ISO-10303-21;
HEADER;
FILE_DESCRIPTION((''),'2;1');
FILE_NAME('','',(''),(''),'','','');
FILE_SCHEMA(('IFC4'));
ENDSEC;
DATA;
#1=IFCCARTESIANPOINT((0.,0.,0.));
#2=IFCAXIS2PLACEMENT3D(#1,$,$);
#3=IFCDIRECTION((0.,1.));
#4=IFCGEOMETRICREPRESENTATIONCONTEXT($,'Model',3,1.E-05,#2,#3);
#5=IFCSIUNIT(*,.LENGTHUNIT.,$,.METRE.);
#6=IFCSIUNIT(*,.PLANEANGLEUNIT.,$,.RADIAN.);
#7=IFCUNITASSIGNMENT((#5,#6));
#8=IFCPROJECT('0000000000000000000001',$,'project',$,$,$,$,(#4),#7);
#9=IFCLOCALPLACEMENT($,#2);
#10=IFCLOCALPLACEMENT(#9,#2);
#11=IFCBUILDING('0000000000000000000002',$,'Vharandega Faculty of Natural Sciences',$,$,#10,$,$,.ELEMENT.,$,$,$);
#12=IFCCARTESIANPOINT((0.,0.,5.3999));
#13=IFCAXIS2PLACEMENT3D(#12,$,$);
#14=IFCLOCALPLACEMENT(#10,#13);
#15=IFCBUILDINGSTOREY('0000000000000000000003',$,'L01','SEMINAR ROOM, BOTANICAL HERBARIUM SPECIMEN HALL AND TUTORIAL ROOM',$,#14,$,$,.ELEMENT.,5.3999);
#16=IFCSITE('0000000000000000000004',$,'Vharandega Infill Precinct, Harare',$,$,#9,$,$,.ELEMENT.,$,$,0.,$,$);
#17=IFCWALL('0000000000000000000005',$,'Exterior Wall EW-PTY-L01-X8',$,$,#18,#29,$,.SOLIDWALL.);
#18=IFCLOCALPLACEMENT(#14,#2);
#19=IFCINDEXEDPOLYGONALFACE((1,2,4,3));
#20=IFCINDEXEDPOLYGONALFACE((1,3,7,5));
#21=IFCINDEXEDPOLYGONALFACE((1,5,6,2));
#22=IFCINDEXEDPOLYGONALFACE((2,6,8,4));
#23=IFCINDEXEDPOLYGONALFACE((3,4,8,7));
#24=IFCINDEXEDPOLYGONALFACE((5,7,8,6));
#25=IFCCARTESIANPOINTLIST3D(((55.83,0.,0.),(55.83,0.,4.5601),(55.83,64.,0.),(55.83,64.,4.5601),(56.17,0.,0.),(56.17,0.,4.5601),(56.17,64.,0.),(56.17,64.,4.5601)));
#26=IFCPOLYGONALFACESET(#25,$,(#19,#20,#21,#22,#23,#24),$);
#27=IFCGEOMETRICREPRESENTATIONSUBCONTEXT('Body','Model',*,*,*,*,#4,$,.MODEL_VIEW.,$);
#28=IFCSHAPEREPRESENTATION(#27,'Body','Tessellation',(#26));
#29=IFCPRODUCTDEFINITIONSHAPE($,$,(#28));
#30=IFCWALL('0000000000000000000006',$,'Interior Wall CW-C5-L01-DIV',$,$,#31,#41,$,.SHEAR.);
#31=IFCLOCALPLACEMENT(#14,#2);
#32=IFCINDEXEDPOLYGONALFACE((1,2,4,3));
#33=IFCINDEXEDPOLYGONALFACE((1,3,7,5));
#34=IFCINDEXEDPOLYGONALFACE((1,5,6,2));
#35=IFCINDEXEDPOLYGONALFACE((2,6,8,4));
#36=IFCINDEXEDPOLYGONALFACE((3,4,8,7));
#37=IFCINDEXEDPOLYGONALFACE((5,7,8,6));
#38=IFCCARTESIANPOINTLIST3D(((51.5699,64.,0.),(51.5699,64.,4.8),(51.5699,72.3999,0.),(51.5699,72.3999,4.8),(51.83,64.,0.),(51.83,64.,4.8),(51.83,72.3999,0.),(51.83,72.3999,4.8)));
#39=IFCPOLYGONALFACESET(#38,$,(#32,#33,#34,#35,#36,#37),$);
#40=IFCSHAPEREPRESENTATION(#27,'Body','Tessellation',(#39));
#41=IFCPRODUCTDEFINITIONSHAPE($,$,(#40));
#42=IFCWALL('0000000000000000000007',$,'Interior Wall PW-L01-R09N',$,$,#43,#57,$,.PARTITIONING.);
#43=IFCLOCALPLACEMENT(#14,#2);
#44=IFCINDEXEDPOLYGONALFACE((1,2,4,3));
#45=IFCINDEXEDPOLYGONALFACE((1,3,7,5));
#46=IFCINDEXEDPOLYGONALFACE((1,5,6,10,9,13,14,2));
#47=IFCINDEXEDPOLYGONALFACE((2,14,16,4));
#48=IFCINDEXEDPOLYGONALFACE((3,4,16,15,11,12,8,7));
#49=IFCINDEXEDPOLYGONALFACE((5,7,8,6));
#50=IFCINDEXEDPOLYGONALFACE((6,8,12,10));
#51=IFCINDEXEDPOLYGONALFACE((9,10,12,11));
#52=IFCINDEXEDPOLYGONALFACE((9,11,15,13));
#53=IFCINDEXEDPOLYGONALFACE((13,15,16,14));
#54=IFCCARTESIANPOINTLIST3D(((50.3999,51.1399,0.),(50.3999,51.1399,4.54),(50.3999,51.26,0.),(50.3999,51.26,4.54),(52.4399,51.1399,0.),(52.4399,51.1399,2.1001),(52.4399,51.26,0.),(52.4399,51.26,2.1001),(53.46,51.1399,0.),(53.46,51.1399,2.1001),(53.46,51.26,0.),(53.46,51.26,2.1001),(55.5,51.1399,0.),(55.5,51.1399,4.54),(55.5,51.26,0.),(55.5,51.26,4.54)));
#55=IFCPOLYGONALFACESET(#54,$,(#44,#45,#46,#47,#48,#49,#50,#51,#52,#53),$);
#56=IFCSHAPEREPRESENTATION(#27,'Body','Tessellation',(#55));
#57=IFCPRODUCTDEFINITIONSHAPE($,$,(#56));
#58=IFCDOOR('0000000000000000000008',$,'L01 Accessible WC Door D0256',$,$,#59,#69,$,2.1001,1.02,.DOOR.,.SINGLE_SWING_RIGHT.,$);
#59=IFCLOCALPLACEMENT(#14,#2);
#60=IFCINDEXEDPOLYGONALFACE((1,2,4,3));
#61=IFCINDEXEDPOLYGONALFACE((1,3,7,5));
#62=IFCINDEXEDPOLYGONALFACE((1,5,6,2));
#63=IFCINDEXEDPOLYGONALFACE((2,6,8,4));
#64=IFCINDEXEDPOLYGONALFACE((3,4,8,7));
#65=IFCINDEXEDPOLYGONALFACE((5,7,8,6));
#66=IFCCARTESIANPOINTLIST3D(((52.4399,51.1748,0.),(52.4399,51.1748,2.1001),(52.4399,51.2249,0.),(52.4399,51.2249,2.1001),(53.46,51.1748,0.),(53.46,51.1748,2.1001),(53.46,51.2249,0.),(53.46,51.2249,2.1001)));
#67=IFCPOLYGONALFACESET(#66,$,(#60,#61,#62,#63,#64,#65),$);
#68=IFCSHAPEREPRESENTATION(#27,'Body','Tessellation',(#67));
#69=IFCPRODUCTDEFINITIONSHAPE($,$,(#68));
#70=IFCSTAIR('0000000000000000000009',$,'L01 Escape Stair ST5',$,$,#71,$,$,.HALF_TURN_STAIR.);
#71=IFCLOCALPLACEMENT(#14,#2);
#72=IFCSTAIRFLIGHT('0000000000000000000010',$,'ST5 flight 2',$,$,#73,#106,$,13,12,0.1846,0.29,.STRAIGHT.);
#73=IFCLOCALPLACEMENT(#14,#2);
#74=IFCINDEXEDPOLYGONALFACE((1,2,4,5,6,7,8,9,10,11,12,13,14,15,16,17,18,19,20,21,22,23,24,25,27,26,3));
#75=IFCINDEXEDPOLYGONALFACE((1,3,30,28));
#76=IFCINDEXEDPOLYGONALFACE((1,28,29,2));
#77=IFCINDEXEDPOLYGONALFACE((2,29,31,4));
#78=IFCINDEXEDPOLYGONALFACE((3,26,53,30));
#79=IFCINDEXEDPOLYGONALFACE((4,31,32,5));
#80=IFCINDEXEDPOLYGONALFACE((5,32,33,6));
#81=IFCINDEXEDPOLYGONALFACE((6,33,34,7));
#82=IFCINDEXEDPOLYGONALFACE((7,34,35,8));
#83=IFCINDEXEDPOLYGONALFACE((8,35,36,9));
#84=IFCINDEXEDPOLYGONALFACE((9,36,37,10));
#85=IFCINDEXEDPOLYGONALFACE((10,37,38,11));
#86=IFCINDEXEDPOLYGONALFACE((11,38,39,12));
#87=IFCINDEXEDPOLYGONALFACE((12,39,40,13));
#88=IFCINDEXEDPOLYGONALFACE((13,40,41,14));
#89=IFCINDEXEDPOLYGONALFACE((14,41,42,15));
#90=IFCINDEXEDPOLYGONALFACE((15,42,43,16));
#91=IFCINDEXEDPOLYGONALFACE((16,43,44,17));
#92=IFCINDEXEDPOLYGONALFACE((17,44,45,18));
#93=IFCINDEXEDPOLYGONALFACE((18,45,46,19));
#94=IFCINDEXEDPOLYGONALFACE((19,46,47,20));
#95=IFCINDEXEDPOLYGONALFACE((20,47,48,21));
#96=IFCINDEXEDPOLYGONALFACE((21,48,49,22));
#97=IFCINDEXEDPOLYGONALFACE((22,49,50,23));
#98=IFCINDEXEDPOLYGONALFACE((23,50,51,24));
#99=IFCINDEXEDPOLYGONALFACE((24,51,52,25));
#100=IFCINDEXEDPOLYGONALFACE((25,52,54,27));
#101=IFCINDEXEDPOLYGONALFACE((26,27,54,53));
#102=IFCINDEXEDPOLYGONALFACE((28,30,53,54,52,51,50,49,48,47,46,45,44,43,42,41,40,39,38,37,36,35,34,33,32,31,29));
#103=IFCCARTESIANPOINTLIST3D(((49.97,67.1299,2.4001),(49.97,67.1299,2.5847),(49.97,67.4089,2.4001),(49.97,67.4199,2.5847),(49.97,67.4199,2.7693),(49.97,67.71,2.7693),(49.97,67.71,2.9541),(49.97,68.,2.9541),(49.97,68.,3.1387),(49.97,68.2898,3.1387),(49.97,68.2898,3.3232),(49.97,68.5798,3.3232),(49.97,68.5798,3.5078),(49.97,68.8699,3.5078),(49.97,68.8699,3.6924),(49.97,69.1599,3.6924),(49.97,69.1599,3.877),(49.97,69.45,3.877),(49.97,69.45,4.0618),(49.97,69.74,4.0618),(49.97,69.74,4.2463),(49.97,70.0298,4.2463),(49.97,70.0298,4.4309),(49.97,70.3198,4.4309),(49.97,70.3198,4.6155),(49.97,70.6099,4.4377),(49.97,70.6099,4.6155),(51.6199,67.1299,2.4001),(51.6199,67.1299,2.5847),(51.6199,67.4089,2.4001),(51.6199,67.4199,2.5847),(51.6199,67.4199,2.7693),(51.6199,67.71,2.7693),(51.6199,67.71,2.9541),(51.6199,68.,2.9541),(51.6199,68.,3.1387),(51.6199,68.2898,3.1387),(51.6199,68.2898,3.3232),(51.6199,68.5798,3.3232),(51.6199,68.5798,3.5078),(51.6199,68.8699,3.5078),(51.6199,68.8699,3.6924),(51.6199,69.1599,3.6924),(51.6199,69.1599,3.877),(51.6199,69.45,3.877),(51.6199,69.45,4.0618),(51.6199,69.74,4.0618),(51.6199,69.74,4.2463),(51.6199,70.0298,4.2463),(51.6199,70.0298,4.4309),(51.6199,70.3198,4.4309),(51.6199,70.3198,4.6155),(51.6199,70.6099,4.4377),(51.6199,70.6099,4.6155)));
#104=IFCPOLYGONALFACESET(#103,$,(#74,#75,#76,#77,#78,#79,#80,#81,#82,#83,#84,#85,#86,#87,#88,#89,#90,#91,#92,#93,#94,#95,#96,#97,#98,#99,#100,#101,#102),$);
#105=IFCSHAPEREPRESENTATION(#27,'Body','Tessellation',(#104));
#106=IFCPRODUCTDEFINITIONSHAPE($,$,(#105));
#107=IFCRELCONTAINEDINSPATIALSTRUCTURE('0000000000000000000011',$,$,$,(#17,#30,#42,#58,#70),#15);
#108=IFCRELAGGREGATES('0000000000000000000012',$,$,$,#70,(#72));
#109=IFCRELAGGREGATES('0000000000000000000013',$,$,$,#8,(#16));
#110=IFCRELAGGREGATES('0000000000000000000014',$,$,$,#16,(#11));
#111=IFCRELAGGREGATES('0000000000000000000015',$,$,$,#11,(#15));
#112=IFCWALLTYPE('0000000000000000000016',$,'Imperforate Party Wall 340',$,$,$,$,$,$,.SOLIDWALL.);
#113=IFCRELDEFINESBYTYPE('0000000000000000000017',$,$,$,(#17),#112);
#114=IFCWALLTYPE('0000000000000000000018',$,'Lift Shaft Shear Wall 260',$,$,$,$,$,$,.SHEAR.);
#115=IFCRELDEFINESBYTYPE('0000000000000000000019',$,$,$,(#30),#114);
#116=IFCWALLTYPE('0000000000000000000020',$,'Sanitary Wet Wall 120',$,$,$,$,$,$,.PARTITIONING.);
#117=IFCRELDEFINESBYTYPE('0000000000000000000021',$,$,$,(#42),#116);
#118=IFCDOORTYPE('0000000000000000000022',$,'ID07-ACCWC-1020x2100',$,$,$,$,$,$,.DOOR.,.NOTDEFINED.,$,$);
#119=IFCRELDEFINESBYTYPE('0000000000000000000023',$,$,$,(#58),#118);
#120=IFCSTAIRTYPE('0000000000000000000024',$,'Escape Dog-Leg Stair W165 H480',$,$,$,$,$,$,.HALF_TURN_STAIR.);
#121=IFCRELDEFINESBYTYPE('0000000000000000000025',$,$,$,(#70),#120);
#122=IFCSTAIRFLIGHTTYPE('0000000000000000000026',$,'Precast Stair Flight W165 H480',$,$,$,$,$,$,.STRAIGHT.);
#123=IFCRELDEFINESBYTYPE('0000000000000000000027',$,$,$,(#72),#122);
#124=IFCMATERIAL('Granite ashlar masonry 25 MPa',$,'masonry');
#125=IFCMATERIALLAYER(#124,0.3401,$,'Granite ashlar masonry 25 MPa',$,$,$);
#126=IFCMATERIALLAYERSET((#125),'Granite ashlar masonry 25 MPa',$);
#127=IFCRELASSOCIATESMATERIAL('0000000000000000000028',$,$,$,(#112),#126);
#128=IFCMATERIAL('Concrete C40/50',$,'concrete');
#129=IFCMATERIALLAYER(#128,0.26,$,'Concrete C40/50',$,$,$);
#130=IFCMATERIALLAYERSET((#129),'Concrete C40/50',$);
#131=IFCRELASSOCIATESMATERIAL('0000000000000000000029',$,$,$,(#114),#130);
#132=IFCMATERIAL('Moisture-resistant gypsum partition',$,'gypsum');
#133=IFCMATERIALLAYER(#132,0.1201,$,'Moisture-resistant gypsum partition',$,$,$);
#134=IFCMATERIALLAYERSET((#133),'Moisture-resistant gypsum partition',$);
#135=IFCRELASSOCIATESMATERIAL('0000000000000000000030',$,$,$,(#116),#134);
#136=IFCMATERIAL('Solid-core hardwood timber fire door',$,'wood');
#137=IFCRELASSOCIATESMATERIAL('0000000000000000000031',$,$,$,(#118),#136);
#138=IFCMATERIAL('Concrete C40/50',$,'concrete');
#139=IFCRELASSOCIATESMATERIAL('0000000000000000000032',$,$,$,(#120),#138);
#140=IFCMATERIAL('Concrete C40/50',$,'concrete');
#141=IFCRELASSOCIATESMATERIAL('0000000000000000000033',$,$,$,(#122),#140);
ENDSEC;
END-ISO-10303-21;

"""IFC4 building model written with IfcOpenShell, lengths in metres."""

from ifc_helpers import new_model, si_unit, direction, frame, frame_2d, origin, place, context, subcontext, project, spatial, polyline, rectangle, outline, extrude, material, layer, layer_set, type_object, element, fill, aggregate, save


model = new_model("IFC4")

# Units and contexts
model_context = context("Model", 3, precision=1e-05, world=origin(), true_north=direction((0.0, 1.0)))
body_context = subcontext(model_context, "Body", "Model", "MODEL_VIEW")
ifc_project = project(units=[si_unit("LENGTHUNIT", "METRE"), si_unit("PLANEANGLEUNIT", "RADIAN")], contexts=[model_context])

# Site, building, storey
site_placement = place(None, origin())
site = spatial("IfcSite", under=ifc_project, at=site_placement, Name="Vharandega Infill Precinct, Harare", CompositionType="ELEMENT", RefElevation=0.0)
building_placement = place(site_placement, origin())
building = spatial("IfcBuilding", under=site, at=building_placement, Name="Vharandega Faculty of Natural Sciences", CompositionType="ELEMENT")
storey_placement = place(building_placement, frame((0.0, 0.0, 5.3999)))
storey = spatial("IfcBuildingStorey", under=building, at=storey_placement, Name="L01", Description="SEMINAR ROOM, BOTANICAL HERBARIUM SPECIMEN HALL AND TUTORIAL ROOM", CompositionType="ELEMENT", Elevation=5.3999)

# Walls
ifc_material_1 = material(Name="Granite ashlar masonry 25 MPa", Category="masonry")
ifc_layer_1 = layer(ifc_material_1, 0.3401, Name="Granite ashlar masonry 25 MPa")
ifc_layer_set_1 = layer_set([ifc_layer_1], Name="Granite ashlar masonry 25 MPa")
wall_type_1 = type_object("IfcWallType", Name="Imperforate Party Wall 340", PredefinedType="SOLIDWALL", material=ifc_layer_set_1)
wall_1_placement = place(storey_placement, frame((56.0, 64.0, 0.0), z_axis=(0.0, 0.0, 1.0), x_axis=(0.0, -1.0, 0.0)))
element("IfcWall", 1, at=wall_1_placement, inside=storey, type_object=wall_type_1, Name="Exterior Wall EW-PTY-L01-X8", PredefinedType="SOLIDWALL", context=body_context, shape_type="SweptSolid", body=[
    extrude(rectangle(XDim=64.0, YDim=0.3401, at=frame_2d((32.0, 0.0))), origin(), (0.0, 0.0, 1.0), 4.5601),
])
ifc_material_2 = material(Name="Concrete C40/50", Category="concrete")
ifc_layer_2 = layer(ifc_material_2, 0.26, Name="Concrete C40/50")
ifc_layer_set_2 = layer_set([ifc_layer_2], Name="Concrete C40/50")
wall_type_2 = type_object("IfcWallType", Name="Lift Shaft Shear Wall 260", PredefinedType="SHEAR", material=ifc_layer_set_2)
wall_2_placement = place(storey_placement, frame((51.7, 64.0, 0.0), z_axis=(0.0, 0.0, 1.0), x_axis=(0.0, 1.0, 0.0)))
element("IfcWall", 2, at=wall_2_placement, inside=storey, type_object=wall_type_2, Name="Interior Wall CW-C5-L01-DIV", PredefinedType="SHEAR", context=body_context, shape_type="SweptSolid", body=[
    extrude(rectangle(XDim=8.3999, YDim=0.26, at=frame_2d((4.2, 0.0))), origin(), (0.0, 0.0, 1.0), 4.8),
])

# Wall, opening, door
ifc_material_3 = material(Name="Moisture-resistant gypsum partition", Category="gypsum")
ifc_layer_3 = layer(ifc_material_3, 0.1201, Name="Moisture-resistant gypsum partition")
ifc_layer_set_3 = layer_set([ifc_layer_3], Name="Moisture-resistant gypsum partition")
wall_type_3 = type_object("IfcWallType", Name="Sanitary Wet Wall 120", PredefinedType="PARTITIONING", material=ifc_layer_set_3)
wall_3_placement = place(storey_placement, frame((50.3999, 51.2, 0.0), z_axis=(0.0, 0.0, 1.0), x_axis=(1.0, 0.0, 0.0)))
wall_3 = element("IfcWall", 3, at=wall_3_placement, inside=storey, type_object=wall_type_3, Name="Interior Wall PW-L01-R09N", PredefinedType="PARTITIONING", context=body_context, shape_type="SweptSolid", body=[
    extrude(rectangle(XDim=5.1001, YDim=0.1201, at=frame_2d((2.55, 0.0))), origin(), (0.0, 0.0, 1.0), 4.54),
])
opening_placement = place(wall_3_placement, frame((2.04, 0.0, 0.0)))
opening = element("IfcOpeningElement", 4, at=opening_placement, cuts=wall_3, PredefinedType="OPENING", context=body_context, shape_type="SweptSolid", body=[
    extrude(rectangle(XDim=1.02, YDim=2.1001, at=frame_2d((0.51, 1.05))), frame((0.0, 0.0701, 0.0), z_axis=(0.0, -1.0, 0.0), x_axis=(1.0, 0.0, 0.0)), (0.0, 0.0, 1.0), 0.1401),
])
ifc_material_4 = material(Name="Solid-core hardwood timber fire door", Category="wood")
door_type = type_object("IfcDoorType", Name="ID07-ACCWC-1020x2100", OperationType="NOTDEFINED", PredefinedType="DOOR", material=ifc_material_4)
door_placement = place(opening_placement, origin())
door = element("IfcDoor", 5, at=door_placement, inside=storey, type_object=door_type, Name="L01 Accessible WC Door D0256", OperationType="SINGLE_SWING_RIGHT", OverallHeight=2.1001, OverallWidth=1.02, PredefinedType="DOOR", context=body_context, shape_type="SweptSolid", body=[
    extrude(rectangle(XDim=1.02, YDim=2.1001, at=frame_2d((0.51, 1.05))), frame((0.0, 0.0249, 0.0), z_axis=(0.0, -1.0, 0.0), x_axis=(1.0, 0.0, 0.0)), (0.0, 0.0, 1.0), 0.05),
])
fill(opening, door)

# Stair, stair flight
ifc_material_5 = material(Name="Concrete C40/50", Category="concrete")
stair_type = type_object("IfcStairType", Name="Escape Dog-Leg Stair W165 H480", PredefinedType="HALF_TURN_STAIR", material=ifc_material_5)
stair_placement = place(storey_placement, origin())
stair = element("IfcStair", 6, at=stair_placement, inside=storey, type_object=stair_type, Name="L01 Escape Stair ST5", PredefinedType="HALF_TURN_STAIR")
ifc_material_6 = material(Name="Concrete C40/50", Category="concrete")
stair_flight_type = type_object("IfcStairFlightType", Name="Precast Stair Flight W165 H480", PredefinedType="STRAIGHT", material=ifc_material_6)
stair_flight_placement = place(storey_placement, frame((50.7949, 67.1299, 2.4001), z_axis=(0.0, 0.0, 1.0), x_axis=(0.0, 1.0, 0.0)))
stair_flight = element("IfcStairFlight", 7, at=stair_flight_placement, type_object=stair_flight_type, Name="ST5 flight 2", NumberOfRisers=13, NumberOfTreads=12, PredefinedType="STRAIGHT", RiserHeight=0.1846, TreadLength=0.29, context=body_context, shape_type="SweptSolid", body=[
    extrude(outline(polyline([(0.0, 0.0), (0.0, 0.1846), (0.29, 0.1846), (0.29, 0.3691), (0.5801, 0.3691), (0.5801, 0.554), (0.8701, 0.554), (0.8701, 0.7385), (1.1599, 0.7385), (1.1599, 0.9231), (1.45, 0.9231), (1.45, 1.1077), (1.74, 1.1077), (1.74, 1.2922), (2.03, 1.2922), (2.03, 1.4768), (2.3201, 1.4768), (2.3201, 1.6616), (2.6101, 1.6616), (2.6101, 1.8462), (2.8999, 1.8462), (2.8999, 2.0308), (3.1899, 2.0308), (3.1899, 2.2153), (3.48, 2.2153), (3.48, 2.3999), (3.48, 2.0376), (0.2791, 0.0), (0.0, 0.0)])), frame((0.0, 0.825, 0.0), z_axis=(0.0, -1.0, 0.0), x_axis=(1.0, 0.0, 0.0)), (0.0, 0.0, 1.0), 1.6499),
])
aggregate(stair, [stair_flight])

save(model, "model.ifc")
